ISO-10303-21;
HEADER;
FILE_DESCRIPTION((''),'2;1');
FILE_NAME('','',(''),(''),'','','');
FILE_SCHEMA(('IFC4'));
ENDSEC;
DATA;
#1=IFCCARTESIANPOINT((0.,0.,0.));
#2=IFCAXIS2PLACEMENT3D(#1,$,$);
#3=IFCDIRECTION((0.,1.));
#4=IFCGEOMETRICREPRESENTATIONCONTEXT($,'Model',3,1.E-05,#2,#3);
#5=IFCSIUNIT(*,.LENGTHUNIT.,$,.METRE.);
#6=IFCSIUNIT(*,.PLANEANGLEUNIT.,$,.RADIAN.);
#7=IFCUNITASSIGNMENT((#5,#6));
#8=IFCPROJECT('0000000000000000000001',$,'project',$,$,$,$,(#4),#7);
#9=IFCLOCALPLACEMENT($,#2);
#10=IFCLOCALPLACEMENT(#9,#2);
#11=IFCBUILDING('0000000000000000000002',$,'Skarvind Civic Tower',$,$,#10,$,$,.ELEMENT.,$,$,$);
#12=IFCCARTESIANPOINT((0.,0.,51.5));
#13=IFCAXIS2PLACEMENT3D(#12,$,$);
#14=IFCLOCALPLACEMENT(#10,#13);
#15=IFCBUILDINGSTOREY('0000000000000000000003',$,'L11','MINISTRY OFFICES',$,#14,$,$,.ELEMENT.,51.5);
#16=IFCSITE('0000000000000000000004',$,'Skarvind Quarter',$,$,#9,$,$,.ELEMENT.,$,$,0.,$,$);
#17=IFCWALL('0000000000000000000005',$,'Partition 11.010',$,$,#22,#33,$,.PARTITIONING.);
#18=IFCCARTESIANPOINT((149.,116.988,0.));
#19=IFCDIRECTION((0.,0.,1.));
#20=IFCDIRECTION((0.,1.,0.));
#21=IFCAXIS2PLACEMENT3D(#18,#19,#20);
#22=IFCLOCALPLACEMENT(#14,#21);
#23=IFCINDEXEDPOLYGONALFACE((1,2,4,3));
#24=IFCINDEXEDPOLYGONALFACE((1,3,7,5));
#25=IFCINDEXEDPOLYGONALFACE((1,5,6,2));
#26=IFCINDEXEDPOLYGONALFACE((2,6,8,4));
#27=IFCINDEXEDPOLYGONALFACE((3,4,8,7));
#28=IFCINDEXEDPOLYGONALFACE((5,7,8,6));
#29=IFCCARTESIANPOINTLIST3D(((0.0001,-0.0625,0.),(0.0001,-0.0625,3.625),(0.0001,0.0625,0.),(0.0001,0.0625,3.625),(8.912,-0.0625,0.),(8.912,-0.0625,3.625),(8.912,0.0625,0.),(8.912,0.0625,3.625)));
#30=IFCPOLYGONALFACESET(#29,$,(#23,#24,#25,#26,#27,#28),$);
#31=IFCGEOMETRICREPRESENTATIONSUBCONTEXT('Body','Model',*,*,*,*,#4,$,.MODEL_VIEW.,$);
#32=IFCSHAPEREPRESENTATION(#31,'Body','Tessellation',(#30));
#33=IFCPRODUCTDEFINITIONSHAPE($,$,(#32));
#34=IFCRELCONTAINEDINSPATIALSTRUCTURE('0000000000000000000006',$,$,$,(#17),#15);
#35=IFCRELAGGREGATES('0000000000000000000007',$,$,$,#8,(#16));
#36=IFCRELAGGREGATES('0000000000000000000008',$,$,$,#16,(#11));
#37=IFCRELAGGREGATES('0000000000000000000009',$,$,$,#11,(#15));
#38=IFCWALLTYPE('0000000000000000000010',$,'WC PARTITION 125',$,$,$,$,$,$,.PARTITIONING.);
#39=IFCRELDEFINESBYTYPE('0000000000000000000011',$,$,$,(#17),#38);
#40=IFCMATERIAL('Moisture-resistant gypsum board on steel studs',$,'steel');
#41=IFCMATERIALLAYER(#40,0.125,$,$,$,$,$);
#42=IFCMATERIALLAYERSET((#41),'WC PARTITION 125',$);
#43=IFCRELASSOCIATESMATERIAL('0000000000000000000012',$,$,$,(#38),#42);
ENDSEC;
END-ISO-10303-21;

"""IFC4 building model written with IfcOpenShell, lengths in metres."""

from ifc_helpers import new_model, si_unit, direction, frame, frame_2d, origin, place, context, subcontext, project, spatial, rectangle, extrude, material, layer, layer_set, type_object, element, save


model = new_model("IFC4")

# Units and contexts
model_context = context("Model", 3, precision=1e-05, world=origin(), true_north=direction((0.0, 1.0)))
body_context = subcontext(model_context, "Body", "Model", "MODEL_VIEW")
ifc_project = project(units=[si_unit("LENGTHUNIT", "METRE"), si_unit("PLANEANGLEUNIT", "RADIAN")], contexts=[model_context])

# Site, building, storey
site_placement = place(None, origin())
site = spatial("IfcSite", under=ifc_project, at=site_placement, Name="Skarvind Quarter", CompositionType="ELEMENT", RefElevation=0.0)
building_placement = place(site_placement, origin())
building = spatial("IfcBuilding", under=site, at=building_placement, Name="Skarvind Civic Tower", CompositionType="ELEMENT")
storey_placement = place(building_placement, frame((0.0, 0.0, 51.5)))
storey = spatial("IfcBuildingStorey", under=building, at=storey_placement, Name="L11", Description="MINISTRY OFFICES", CompositionType="ELEMENT", Elevation=51.5)

# Shared definitions
ifc_material_1 = material(Name="Moisture-resistant gypsum board on steel studs", Category="steel")
ifc_layer_1 = layer(ifc_material_1, 0.125)
ifc_layer_set_1 = layer_set([ifc_layer_1], Name="WC PARTITION 125")
wall_type_1 = type_object("IfcWallType", Name="WC PARTITION 125", PredefinedType="PARTITIONING", material=ifc_layer_set_1)

# Wall
wall_1_placement = place(storey_placement, frame((149.0, 116.988, 0.0), z_axis=(0.0, 0.0, 1.0), x_axis=(0.0, 1.0, 0.0)))
element("IfcWall", 1, at=wall_1_placement, inside=storey, type_object=wall_type_1, Name="Partition 11.010", PredefinedType="PARTITIONING", context=body_context, shape_type="SweptSolid", body=[
    extrude(rectangle(XDim=8.9119, YDim=0.125, at=frame_2d((4.4561, 0.0))), origin(), (0.0, 0.0, 1.0), 3.625),
])

save(model, "model.ifc")
